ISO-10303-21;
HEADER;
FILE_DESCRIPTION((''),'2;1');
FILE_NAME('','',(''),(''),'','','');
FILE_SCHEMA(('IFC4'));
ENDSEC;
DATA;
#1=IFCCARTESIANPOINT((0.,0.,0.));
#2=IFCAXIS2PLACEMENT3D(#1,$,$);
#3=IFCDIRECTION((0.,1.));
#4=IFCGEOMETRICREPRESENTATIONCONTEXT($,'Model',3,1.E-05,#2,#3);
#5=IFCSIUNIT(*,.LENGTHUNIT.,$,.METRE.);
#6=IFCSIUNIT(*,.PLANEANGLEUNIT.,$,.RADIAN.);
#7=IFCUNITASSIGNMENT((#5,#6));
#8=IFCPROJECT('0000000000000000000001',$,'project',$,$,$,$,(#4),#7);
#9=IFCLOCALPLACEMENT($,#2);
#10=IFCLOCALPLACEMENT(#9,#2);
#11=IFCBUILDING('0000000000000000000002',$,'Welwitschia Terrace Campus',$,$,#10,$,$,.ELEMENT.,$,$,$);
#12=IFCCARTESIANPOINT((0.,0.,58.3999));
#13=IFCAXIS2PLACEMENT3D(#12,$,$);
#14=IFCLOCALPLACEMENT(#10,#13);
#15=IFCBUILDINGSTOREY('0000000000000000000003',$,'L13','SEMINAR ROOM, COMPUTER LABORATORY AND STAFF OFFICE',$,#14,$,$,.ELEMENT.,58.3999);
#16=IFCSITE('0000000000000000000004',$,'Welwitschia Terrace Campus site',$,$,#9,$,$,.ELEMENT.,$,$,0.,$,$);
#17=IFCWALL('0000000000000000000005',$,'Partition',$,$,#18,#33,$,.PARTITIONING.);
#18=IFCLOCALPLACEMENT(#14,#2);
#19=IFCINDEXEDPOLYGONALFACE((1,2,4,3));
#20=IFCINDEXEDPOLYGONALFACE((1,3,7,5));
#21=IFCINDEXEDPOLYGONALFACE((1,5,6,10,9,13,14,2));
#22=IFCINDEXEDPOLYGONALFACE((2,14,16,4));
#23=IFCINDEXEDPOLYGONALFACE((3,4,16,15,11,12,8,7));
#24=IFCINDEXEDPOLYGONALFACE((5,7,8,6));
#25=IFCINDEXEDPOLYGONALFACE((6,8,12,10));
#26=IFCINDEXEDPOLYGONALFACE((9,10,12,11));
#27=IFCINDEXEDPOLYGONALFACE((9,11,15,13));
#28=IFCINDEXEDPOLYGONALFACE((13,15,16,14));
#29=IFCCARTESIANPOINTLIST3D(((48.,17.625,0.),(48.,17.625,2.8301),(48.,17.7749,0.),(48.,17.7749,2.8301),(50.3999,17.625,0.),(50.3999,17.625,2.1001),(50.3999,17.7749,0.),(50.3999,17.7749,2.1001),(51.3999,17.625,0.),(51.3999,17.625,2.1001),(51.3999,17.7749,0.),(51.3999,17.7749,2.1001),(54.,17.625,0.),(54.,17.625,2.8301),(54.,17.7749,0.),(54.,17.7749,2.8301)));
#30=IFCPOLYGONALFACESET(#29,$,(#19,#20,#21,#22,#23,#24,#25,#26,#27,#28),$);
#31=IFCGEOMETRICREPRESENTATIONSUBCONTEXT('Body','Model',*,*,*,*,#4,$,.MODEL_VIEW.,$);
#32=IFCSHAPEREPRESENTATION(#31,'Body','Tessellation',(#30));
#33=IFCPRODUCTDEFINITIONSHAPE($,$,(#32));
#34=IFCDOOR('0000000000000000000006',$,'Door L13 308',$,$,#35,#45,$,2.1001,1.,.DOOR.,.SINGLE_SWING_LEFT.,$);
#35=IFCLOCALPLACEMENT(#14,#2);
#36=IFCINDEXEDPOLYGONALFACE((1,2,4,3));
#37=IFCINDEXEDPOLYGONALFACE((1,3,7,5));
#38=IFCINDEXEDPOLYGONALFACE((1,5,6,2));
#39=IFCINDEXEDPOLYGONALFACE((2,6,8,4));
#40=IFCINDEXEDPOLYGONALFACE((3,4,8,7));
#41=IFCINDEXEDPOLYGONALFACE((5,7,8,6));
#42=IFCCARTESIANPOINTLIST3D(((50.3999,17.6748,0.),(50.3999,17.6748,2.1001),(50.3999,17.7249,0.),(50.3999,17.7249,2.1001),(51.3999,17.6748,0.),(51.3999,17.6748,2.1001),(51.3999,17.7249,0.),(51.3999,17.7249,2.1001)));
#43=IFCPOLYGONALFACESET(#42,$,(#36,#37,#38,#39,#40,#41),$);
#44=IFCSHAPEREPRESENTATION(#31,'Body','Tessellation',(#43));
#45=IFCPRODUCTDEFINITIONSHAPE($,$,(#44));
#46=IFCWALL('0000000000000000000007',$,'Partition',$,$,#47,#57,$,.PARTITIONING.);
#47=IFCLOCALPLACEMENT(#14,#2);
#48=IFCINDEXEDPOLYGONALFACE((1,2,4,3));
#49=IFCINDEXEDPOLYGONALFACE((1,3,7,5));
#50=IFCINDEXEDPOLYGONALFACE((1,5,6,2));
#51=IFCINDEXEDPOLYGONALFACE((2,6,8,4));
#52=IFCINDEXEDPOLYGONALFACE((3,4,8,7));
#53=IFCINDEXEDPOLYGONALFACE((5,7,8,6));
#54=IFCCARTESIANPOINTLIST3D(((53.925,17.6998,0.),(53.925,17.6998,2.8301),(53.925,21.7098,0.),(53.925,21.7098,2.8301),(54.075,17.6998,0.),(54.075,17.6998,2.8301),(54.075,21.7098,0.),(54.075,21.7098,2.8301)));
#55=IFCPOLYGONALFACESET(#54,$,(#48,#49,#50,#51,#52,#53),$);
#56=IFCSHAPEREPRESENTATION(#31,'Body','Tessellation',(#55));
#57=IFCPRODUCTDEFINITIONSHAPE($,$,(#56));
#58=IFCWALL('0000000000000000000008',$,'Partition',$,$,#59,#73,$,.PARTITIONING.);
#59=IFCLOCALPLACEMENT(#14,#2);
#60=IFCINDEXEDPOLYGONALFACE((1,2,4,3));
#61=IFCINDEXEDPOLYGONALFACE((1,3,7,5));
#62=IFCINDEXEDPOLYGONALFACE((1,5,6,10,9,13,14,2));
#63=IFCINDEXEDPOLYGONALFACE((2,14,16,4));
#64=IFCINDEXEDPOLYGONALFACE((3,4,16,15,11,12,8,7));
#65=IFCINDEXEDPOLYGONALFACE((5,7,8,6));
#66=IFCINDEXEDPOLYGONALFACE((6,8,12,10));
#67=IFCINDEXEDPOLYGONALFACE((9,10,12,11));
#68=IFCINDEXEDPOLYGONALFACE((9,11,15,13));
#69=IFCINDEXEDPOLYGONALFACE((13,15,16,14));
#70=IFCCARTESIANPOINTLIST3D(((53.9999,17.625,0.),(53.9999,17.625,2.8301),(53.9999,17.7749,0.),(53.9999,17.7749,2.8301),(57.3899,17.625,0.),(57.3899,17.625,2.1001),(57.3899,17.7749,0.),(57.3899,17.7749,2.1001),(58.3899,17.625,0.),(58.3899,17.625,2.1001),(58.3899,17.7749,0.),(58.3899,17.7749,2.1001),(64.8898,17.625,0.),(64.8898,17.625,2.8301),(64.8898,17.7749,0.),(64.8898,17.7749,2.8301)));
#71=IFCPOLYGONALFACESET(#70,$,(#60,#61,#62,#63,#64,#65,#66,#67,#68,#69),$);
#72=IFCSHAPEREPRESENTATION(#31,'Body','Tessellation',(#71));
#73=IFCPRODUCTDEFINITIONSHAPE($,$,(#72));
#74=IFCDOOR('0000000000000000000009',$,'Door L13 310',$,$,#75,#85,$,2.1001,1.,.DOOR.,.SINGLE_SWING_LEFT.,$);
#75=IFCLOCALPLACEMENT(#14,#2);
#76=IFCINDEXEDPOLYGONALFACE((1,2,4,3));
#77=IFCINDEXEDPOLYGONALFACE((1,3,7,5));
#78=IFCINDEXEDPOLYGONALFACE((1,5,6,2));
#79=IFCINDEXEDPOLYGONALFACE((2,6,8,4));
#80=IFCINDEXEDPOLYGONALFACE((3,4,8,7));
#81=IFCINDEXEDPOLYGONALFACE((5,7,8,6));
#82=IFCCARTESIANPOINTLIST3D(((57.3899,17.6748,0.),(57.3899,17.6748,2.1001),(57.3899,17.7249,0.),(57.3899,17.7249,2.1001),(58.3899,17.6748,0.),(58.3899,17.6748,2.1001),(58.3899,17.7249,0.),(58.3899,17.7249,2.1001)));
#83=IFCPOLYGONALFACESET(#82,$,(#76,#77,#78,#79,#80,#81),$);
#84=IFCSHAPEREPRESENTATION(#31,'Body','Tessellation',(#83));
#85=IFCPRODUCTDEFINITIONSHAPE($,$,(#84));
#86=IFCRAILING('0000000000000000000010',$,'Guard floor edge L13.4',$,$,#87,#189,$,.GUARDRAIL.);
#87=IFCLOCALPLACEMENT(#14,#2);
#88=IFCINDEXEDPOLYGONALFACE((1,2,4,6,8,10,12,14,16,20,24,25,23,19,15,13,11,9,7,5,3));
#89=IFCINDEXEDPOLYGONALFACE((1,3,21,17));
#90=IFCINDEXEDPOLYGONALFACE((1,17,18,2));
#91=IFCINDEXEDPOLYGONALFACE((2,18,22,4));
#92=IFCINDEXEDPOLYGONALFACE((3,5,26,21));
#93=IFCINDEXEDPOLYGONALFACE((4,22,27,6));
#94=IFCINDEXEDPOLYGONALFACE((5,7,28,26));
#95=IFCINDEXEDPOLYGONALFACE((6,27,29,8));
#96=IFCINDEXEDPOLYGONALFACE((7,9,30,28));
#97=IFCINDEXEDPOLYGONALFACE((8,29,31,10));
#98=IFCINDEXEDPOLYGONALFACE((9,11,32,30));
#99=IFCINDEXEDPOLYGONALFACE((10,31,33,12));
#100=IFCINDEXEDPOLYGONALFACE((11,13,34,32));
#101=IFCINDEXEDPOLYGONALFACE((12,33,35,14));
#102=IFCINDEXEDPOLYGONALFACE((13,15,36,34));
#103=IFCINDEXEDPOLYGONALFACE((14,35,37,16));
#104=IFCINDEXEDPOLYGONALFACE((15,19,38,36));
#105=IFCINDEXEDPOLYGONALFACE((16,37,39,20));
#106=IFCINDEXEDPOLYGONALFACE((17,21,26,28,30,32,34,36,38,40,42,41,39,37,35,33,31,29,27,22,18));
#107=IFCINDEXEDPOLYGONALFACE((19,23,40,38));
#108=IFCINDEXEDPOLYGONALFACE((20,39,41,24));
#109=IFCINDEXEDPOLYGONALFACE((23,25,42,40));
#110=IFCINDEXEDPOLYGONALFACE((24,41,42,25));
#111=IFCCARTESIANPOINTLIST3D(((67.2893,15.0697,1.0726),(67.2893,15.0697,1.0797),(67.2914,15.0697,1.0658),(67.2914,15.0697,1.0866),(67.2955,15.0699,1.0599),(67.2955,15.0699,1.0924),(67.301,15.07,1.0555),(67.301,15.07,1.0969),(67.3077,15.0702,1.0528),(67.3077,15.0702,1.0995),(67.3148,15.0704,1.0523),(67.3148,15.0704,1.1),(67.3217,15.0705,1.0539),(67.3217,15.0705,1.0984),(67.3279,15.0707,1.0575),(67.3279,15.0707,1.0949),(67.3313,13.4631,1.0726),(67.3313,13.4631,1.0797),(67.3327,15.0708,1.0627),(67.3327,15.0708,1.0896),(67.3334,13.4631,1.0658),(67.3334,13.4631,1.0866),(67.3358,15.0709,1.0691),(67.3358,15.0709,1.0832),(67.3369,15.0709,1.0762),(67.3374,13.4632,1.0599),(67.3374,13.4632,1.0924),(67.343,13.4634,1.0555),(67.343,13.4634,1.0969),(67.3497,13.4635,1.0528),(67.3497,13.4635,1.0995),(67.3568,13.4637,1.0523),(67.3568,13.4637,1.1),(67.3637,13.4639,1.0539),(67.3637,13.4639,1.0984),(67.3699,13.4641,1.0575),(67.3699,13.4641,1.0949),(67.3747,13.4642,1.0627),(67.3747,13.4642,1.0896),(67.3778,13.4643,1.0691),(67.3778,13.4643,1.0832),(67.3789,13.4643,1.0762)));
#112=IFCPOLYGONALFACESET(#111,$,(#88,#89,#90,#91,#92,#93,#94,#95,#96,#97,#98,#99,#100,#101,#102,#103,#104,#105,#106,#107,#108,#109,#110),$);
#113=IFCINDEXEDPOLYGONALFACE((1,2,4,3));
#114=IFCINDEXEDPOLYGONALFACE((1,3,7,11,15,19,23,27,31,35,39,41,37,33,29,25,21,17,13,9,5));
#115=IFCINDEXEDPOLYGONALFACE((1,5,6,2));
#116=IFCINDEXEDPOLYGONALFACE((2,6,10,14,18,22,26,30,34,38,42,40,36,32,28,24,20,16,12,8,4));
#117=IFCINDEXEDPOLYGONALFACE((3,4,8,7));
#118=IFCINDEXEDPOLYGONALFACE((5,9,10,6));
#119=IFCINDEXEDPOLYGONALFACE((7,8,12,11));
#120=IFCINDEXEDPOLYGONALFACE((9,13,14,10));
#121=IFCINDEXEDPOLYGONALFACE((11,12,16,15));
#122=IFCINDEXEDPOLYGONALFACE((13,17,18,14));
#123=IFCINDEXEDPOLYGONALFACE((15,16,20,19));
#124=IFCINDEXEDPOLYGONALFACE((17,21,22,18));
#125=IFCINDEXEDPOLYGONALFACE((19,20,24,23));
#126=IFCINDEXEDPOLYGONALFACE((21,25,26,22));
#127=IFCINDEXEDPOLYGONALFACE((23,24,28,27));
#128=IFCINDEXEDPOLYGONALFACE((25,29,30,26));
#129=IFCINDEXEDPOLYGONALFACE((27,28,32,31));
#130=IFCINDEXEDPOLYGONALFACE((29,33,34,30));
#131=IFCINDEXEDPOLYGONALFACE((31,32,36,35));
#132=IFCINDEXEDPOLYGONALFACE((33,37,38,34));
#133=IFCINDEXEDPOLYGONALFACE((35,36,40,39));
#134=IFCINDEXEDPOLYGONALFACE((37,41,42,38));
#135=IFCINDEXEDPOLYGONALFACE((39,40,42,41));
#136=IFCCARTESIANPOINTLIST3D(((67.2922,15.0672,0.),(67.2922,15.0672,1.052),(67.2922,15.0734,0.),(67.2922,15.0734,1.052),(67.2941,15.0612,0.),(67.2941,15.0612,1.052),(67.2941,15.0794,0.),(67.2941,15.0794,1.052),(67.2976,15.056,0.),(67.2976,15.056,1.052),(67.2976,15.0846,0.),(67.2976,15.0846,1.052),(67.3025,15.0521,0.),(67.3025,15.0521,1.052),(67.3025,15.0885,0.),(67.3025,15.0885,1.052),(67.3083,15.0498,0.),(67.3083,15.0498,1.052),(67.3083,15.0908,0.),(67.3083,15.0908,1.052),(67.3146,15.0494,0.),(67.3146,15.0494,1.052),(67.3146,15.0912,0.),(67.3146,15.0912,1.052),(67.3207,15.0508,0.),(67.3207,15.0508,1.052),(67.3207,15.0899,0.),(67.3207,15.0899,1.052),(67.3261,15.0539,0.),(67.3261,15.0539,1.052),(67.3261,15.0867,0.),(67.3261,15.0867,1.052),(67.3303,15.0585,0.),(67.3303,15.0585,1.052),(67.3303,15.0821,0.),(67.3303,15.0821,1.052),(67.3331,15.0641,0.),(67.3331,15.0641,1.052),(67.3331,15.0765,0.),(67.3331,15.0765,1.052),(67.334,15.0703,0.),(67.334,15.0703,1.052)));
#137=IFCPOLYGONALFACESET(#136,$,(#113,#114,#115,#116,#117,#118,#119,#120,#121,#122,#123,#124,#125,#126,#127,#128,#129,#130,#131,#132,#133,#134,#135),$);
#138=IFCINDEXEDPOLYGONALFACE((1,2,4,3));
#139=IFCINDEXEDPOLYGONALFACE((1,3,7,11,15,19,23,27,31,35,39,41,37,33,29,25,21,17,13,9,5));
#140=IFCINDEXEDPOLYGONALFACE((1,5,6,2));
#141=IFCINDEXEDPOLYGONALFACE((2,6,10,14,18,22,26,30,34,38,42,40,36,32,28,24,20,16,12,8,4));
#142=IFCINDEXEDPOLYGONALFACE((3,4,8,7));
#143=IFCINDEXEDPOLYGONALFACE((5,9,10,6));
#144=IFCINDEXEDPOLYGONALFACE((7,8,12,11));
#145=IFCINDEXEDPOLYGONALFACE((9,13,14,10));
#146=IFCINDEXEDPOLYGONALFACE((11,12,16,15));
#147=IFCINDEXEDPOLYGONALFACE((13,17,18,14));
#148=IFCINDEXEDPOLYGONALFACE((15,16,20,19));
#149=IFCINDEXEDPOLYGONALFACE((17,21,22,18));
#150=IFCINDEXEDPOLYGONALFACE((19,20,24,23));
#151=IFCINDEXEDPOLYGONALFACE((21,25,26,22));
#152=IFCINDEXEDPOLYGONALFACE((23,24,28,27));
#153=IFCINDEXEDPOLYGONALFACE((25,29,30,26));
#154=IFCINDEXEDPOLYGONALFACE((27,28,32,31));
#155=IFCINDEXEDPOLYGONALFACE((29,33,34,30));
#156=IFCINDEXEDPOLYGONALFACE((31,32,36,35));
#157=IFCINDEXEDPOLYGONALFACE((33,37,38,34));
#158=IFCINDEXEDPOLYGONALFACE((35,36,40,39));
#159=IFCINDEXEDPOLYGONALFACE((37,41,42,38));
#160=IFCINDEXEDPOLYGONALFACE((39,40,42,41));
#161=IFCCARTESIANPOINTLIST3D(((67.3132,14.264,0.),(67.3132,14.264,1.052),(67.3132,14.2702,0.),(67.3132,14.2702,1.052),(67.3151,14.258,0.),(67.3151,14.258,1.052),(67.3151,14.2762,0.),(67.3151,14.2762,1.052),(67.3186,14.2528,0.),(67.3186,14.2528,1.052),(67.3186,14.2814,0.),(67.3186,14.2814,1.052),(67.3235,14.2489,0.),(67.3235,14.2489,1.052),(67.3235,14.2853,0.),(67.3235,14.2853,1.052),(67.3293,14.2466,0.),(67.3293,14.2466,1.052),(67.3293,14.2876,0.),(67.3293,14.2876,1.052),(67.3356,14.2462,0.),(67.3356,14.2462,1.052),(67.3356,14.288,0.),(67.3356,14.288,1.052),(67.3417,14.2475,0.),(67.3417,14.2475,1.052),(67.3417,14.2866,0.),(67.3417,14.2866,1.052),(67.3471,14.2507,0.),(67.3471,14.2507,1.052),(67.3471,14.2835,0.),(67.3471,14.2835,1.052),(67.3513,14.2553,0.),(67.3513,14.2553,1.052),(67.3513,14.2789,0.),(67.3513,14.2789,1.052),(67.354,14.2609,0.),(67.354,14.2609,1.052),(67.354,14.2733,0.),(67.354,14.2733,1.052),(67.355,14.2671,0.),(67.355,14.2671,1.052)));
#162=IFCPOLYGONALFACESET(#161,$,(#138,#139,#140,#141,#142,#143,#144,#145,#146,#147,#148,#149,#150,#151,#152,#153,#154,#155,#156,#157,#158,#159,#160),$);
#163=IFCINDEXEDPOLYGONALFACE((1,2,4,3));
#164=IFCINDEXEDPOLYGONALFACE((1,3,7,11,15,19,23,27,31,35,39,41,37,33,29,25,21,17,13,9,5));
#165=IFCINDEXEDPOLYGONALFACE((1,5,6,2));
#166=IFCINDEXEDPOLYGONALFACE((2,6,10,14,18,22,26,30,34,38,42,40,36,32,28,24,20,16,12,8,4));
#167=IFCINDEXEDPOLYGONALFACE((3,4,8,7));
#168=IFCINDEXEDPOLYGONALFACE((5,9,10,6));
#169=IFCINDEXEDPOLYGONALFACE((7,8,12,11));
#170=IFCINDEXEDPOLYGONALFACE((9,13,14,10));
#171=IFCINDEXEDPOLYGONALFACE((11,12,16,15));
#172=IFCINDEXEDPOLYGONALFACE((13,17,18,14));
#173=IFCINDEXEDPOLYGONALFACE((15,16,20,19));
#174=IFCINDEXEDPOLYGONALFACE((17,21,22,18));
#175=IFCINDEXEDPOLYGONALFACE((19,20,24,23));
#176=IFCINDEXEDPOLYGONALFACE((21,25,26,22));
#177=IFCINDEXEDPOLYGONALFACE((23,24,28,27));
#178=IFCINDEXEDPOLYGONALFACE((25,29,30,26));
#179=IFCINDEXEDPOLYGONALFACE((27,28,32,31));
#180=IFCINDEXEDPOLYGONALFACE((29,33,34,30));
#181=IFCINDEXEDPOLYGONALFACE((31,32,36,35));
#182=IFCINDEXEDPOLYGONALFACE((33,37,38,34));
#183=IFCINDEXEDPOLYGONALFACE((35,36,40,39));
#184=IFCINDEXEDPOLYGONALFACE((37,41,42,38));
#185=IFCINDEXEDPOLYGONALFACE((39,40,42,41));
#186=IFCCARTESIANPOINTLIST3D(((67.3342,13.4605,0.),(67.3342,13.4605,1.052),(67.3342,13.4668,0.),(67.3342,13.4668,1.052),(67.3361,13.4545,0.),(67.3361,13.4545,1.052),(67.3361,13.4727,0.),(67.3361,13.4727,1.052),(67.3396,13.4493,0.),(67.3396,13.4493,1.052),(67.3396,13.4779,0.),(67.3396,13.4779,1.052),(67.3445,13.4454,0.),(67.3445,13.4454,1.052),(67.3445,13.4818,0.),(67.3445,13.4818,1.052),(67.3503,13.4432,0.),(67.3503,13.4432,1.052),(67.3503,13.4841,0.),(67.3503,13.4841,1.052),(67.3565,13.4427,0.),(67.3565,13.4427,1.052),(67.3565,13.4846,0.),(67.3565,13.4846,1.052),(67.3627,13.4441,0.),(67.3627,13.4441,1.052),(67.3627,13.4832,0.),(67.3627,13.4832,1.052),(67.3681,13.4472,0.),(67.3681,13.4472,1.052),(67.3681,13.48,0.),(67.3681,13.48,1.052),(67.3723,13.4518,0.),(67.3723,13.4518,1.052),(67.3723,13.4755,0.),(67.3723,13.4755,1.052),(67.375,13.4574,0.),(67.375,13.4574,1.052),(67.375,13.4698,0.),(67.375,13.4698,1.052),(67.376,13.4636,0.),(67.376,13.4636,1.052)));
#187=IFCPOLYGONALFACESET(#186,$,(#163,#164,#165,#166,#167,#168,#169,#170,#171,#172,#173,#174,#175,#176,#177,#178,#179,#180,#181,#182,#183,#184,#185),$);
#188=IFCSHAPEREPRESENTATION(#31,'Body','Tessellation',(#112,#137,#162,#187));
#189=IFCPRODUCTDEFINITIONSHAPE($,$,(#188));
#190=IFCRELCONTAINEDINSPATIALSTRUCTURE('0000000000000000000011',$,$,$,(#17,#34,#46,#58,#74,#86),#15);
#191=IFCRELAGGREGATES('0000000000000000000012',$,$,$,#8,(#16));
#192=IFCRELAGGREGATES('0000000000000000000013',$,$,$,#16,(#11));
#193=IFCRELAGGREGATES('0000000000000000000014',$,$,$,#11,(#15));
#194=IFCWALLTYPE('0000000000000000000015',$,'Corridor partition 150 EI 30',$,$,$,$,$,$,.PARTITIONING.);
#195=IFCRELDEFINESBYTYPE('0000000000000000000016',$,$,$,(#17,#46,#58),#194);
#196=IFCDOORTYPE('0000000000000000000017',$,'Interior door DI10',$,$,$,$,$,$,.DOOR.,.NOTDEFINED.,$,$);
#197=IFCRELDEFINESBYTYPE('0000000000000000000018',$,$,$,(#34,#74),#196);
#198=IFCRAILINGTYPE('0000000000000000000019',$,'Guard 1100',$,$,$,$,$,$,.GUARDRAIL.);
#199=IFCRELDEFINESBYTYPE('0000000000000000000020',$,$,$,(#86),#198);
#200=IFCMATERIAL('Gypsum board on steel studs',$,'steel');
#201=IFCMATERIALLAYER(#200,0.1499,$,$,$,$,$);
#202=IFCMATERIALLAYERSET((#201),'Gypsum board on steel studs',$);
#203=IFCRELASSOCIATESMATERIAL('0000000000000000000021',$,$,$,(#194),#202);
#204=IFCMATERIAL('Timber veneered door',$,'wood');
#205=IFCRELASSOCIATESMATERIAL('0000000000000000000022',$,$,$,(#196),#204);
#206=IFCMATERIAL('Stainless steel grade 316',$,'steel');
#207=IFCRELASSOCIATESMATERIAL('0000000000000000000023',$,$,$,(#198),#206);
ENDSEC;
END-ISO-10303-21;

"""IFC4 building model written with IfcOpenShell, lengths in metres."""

from ifc_helpers import new_model, si_unit, direction, frame, frame_2d, origin, origin_2d, place, context, subcontext, project, spatial, rectangle, circle, extrude, material, layer, layer_set, type_object, element, fill, save


model = new_model("IFC4")

# Units and contexts
model_context = context("Model", 3, precision=1e-05, world=origin(), true_north=direction((0.0, 1.0)))
body_context = subcontext(model_context, "Body", "Model", "MODEL_VIEW")
ifc_project = project(units=[si_unit("LENGTHUNIT", "METRE"), si_unit("PLANEANGLEUNIT", "RADIAN")], contexts=[model_context])

# Site, building, storey
site_placement = place(None, origin())
site = spatial("IfcSite", under=ifc_project, at=site_placement, Name="Welwitschia Terrace Campus site", CompositionType="ELEMENT", RefElevation=0.0)
building_placement = place(site_placement, origin())
building = spatial("IfcBuilding", under=site, at=building_placement, Name="Welwitschia Terrace Campus", CompositionType="ELEMENT")
storey_placement = place(building_placement, frame((0.0, 0.0, 58.3999)))
storey = spatial("IfcBuildingStorey", under=building, at=storey_placement, Name="L13", Description="SEMINAR ROOM, COMPUTER LABORATORY AND STAFF OFFICE", CompositionType="ELEMENT", Elevation=58.3999)

# Shared definitions
ifc_material_1 = material(Name="Gypsum board on steel studs", Category="steel")
ifc_layer_1 = layer(ifc_material_1, 0.1499)
ifc_layer_set_1 = layer_set([ifc_layer_1], Name="Gypsum board on steel studs")
wall_type = type_object("IfcWallType", Name="Corridor partition 150 EI 30", PredefinedType="PARTITIONING", material=ifc_layer_set_1)

# Wall, opening, door
wall_1_placement = place(storey_placement, frame((48.0, 17.7, 0.0), z_axis=(0.0, 0.0, 1.0), x_axis=(1.0, 0.0, 0.0)))
wall_1 = element("IfcWall", 1, at=wall_1_placement, inside=storey, type_object=wall_type, Name="Partition", PredefinedType="PARTITIONING", context=body_context, shape_type="SweptSolid", body=[
    extrude(rectangle(XDim=6.0, YDim=0.1499, at=frame_2d((3.0, 0.0))), origin(), (0.0, 0.0, 1.0), 2.8301),
])
opening_1_placement = place(wall_1_placement, frame((2.3999, 0.0, 0.0)))
opening_1 = element("IfcOpeningElement", 2, at=opening_1_placement, cuts=wall_1, PredefinedType="OPENING", context=body_context, shape_type="SweptSolid", body=[
    extrude(rectangle(XDim=1.0, YDim=2.1001, at=frame_2d((0.5, 1.05))), frame((0.0, 0.085, 0.0), z_axis=(0.0, -1.0, 0.0), x_axis=(1.0, 0.0, 0.0)), (0.0, 0.0, 1.0), 0.1699),
])
ifc_material_2 = material(Name="Timber veneered door", Category="wood")
door_type = type_object("IfcDoorType", Name="Interior door DI10", OperationType="NOTDEFINED", PredefinedType="DOOR", material=ifc_material_2)
door_1_placement = place(opening_1_placement, origin())
door_1 = element("IfcDoor", 3, at=door_1_placement, inside=storey, type_object=door_type, Name="Door L13 308", OperationType="SINGLE_SWING_LEFT", OverallHeight=2.1001, OverallWidth=1.0, PredefinedType="DOOR", context=body_context, shape_type="SweptSolid", body=[
    extrude(rectangle(XDim=1.0, YDim=2.1001, at=frame_2d((0.5, 1.05))), frame((0.0, 0.0249, 0.0), z_axis=(0.0, -1.0, 0.0), x_axis=(1.0, 0.0, 0.0)), (0.0, 0.0, 1.0), 0.05),
])
fill(opening_1, door_1)

# Wall
wall_2_placement = place(storey_placement, frame((54.0, 17.7, 0.0), z_axis=(0.0, 0.0, 1.0), x_axis=(0.0, 1.0, 0.0)))
element("IfcWall", 4, at=wall_2_placement, inside=storey, type_object=wall_type, Name="Partition", PredefinedType="PARTITIONING", context=body_context, shape_type="SweptSolid", body=[
    extrude(rectangle(XDim=4.01, YDim=0.1499, at=frame_2d((2.0049, 0.0))), origin(), (0.0, 0.0, 1.0), 2.8301),
])

# Wall, opening, door
wall_3_placement = place(storey_placement, frame((54.0, 17.7, 0.0), z_axis=(0.0, 0.0, 1.0), x_axis=(1.0, 0.0, 0.0)))
wall_3 = element("IfcWall", 5, at=wall_3_placement, inside=storey, type_object=wall_type, Name="Partition", PredefinedType="PARTITIONING", context=body_context, shape_type="SweptSolid", body=[
    extrude(rectangle(XDim=10.8899, YDim=0.1499, at=frame_2d((5.4448, 0.0))), origin(), (0.0, 0.0, 1.0), 2.8301),
])
opening_2_placement = place(wall_3_placement, frame((3.3899, 0.0, 0.0)))
opening_2 = element("IfcOpeningElement", 6, at=opening_2_placement, cuts=wall_3, PredefinedType="OPENING", context=body_context, shape_type="SweptSolid", body=[
    extrude(rectangle(XDim=1.0, YDim=2.1001, at=frame_2d((0.5, 1.05))), frame((0.0, 0.085, 0.0), z_axis=(0.0, -1.0, 0.0), x_axis=(1.0, 0.0, 0.0)), (0.0, 0.0, 1.0), 0.1699),
])
door_2_placement = place(opening_2_placement, origin())
door_2 = element("IfcDoor", 7, at=door_2_placement, inside=storey, type_object=door_type, Name="Door L13 310", OperationType="SINGLE_SWING_LEFT", OverallHeight=2.1001, OverallWidth=1.0, PredefinedType="DOOR", context=body_context, shape_type="SweptSolid", body=[
    extrude(rectangle(XDim=1.0, YDim=2.1001, at=frame_2d((0.5, 1.05))), frame((0.0, 0.0249, 0.0), z_axis=(0.0, -1.0, 0.0), x_axis=(1.0, 0.0, 0.0)), (0.0, 0.0, 1.0), 0.05),
])
fill(opening_2, door_2)

# Railing
ifc_material_3 = material(Name="Stainless steel grade 316", Category="steel")
railing_type = type_object("IfcRailingType", Name="Guard 1100", PredefinedType="GUARDRAIL", material=ifc_material_3)
railing_placement = place(storey_placement, frame((67.313, 15.0703, 0.0)))
element("IfcRailing", 8, at=railing_placement, inside=storey, type_object=railing_type, Name="Guard floor edge L13.4", PredefinedType="GUARDRAIL", context=body_context, shape_type="SweptSolid", body=[
    extrude(circle(Radius=0.0239, at=origin_2d()), frame((0.0, 0.0, 1.0762), z_axis=(0.026127, -0.999659, 0.0), x_axis=(0.999659, 0.026127, 0.0)), (0.0, 0.0, 1.0), 1.6072),
    extrude(circle(Radius=0.021, at=origin_2d()), origin(), (0.0, 0.0, 1.0), 1.052),
    extrude(circle(Radius=0.021, at=origin_2d()), frame((0.021, -0.8032, 0.0)), (0.0, 0.0, 1.0), 1.052),
    extrude(circle(Radius=0.021, at=origin_2d()), frame((0.042, -1.6067, 0.0)), (0.0, 0.0, 1.0), 1.052),
])

save(model, "model.ifc")
